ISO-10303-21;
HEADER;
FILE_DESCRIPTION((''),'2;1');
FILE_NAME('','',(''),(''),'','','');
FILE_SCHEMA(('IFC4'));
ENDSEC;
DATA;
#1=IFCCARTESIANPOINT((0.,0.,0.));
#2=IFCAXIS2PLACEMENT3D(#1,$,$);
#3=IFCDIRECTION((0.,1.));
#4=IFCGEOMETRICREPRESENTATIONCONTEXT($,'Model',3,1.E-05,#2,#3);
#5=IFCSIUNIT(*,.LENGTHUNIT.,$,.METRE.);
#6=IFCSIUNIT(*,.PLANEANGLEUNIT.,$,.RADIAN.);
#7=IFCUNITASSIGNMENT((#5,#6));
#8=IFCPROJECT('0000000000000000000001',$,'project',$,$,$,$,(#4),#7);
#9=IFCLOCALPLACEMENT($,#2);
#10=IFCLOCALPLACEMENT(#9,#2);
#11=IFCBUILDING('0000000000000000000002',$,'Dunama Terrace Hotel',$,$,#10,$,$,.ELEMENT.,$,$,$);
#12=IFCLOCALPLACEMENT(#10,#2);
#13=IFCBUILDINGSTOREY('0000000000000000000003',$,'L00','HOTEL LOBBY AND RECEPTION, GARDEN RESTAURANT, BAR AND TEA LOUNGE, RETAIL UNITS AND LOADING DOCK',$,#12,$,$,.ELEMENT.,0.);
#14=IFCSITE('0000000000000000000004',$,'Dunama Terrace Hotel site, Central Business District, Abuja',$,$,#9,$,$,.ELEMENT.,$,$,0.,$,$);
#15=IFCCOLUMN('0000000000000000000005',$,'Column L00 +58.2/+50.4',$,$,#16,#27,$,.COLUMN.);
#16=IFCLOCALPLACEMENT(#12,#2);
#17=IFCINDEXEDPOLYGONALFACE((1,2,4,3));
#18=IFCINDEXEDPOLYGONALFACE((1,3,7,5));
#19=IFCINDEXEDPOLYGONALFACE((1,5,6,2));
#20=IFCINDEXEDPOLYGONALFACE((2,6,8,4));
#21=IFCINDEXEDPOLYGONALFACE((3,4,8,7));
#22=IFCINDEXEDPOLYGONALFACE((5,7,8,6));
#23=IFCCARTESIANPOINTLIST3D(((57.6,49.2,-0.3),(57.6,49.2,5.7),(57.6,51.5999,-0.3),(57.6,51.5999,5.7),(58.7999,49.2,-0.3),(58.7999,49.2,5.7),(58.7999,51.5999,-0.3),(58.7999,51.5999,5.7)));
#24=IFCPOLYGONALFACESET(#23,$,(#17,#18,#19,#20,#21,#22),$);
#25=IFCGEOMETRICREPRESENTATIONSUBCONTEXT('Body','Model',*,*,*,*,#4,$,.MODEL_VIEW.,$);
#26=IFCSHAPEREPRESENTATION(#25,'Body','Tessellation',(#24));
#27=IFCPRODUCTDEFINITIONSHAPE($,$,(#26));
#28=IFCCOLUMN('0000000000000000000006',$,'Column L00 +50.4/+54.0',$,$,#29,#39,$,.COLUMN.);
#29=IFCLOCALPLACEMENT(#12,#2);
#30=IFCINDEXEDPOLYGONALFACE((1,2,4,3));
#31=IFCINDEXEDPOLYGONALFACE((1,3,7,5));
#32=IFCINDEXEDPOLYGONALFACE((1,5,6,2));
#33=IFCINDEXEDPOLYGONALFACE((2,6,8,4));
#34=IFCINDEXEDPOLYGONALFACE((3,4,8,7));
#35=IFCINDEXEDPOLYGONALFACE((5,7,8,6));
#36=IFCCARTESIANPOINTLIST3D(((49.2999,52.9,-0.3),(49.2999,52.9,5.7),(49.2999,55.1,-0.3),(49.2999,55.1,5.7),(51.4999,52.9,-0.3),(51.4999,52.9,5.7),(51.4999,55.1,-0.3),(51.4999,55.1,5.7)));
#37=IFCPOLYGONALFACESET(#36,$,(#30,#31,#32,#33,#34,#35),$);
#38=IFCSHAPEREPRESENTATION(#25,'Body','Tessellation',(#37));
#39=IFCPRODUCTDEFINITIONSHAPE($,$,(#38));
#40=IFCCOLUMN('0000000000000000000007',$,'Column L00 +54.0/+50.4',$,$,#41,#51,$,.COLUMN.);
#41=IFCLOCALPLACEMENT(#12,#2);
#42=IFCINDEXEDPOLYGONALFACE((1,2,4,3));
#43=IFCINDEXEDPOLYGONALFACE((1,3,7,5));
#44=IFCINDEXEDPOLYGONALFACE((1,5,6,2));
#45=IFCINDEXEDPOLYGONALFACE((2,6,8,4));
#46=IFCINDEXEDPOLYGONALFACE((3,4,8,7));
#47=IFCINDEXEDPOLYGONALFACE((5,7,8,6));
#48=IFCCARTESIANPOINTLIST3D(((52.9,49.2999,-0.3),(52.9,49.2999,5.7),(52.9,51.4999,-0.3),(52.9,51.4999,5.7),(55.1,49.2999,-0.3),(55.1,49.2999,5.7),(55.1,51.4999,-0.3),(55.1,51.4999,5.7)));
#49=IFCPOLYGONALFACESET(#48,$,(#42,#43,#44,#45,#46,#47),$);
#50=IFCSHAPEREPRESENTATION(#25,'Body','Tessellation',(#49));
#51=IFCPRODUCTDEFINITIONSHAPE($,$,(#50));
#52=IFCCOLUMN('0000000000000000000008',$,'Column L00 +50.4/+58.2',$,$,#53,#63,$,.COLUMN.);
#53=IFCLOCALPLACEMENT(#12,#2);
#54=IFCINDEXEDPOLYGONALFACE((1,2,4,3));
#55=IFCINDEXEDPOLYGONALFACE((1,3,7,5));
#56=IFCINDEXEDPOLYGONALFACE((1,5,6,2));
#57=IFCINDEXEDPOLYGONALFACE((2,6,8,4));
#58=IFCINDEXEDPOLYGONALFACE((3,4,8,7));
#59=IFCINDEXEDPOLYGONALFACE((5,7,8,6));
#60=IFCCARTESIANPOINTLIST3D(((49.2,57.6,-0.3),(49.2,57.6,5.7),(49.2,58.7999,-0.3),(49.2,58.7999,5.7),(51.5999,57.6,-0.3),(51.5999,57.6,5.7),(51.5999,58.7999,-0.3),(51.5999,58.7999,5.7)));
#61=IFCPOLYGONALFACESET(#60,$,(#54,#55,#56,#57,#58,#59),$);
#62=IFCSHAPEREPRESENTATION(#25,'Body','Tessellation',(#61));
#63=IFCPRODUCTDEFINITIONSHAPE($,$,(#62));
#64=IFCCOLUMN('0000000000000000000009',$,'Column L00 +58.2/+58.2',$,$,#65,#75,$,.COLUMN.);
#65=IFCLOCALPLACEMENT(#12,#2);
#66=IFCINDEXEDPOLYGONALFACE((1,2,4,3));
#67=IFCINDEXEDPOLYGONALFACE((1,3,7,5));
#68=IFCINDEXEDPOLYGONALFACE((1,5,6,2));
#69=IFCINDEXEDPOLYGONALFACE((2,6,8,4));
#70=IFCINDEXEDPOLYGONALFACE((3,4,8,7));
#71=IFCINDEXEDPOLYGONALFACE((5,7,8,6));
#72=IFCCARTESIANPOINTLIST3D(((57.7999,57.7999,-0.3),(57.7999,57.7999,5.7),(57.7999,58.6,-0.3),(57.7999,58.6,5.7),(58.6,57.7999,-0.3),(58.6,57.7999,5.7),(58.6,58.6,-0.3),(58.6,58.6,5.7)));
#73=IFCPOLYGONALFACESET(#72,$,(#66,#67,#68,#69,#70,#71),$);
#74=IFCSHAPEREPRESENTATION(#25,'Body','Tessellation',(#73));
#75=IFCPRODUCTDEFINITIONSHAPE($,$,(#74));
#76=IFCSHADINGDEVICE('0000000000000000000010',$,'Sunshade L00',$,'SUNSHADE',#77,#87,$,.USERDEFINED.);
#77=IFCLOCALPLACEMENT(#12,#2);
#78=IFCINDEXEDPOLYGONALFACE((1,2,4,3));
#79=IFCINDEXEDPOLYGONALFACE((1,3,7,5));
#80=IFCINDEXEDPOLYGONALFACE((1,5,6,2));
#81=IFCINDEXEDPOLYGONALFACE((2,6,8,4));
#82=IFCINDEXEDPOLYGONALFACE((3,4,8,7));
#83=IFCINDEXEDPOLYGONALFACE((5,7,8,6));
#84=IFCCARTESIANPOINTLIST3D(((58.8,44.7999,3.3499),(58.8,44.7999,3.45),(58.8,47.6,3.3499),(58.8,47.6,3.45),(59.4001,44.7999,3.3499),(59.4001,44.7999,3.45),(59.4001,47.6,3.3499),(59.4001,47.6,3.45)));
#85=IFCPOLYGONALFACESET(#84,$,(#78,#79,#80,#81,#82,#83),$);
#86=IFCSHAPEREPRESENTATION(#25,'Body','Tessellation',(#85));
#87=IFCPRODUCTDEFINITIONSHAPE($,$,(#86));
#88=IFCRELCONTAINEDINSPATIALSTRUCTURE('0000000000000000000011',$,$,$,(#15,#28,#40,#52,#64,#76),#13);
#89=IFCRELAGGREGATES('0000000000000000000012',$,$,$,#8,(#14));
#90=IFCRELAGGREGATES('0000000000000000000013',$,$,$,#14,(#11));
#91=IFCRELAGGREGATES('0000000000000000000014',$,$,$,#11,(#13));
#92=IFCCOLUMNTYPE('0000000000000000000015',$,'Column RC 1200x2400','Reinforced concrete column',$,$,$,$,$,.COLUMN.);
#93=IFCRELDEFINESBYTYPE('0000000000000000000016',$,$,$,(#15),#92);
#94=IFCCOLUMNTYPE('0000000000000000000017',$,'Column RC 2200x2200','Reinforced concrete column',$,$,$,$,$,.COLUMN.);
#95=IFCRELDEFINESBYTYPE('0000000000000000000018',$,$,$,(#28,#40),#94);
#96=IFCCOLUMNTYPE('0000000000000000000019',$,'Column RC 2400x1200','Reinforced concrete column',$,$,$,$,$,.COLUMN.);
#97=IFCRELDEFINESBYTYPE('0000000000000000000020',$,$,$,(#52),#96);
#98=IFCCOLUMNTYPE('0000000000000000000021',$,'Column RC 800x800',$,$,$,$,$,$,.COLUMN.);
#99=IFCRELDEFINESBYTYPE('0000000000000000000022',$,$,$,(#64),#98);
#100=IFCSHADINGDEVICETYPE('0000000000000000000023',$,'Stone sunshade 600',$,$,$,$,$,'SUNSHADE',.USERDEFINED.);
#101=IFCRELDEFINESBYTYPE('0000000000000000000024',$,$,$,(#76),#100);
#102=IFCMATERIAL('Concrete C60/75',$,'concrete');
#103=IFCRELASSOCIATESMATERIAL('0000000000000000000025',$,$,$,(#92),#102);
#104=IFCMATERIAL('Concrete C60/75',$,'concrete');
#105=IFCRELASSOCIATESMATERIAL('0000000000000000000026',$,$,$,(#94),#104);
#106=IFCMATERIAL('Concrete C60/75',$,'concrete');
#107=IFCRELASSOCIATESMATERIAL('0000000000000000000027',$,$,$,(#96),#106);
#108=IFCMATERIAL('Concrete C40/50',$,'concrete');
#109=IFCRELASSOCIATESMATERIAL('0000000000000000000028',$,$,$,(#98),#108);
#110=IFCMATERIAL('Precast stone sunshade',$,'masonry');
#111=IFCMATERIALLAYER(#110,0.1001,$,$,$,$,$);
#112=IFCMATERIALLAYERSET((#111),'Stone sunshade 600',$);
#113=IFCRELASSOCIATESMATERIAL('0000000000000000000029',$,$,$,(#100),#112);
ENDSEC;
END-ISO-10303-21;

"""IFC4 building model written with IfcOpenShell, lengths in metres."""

from ifc_helpers import new_model, si_unit, direction, frame, origin, origin_2d, place, context, subcontext, project, spatial, rectangle, extrude, material, layer, layer_set, material_profile, profile_set, type_object, element, save


model = new_model("IFC4")

# Units and contexts
model_context = context("Model", 3, precision=1e-05, world=origin(), true_north=direction((0.0, 1.0)))
body_context = subcontext(model_context, "Body", "Model", "MODEL_VIEW")
ifc_project = project(units=[si_unit("LENGTHUNIT", "METRE"), si_unit("PLANEANGLEUNIT", "RADIAN")], contexts=[model_context])

# Site, building, storey
site_placement = place(None, origin())
site = spatial("IfcSite", under=ifc_project, at=site_placement, Name="Dunama Terrace Hotel site, Central Business District, Abuja", CompositionType="ELEMENT", RefElevation=0.0)
building_placement = place(site_placement, origin())
building = spatial("IfcBuilding", under=site, at=building_placement, Name="Dunama Terrace Hotel", CompositionType="ELEMENT")
storey_placement = place(building_placement, origin())
storey = spatial("IfcBuildingStorey", under=building, at=storey_placement, Name="L00", Description="HOTEL LOBBY AND RECEPTION, GARDEN RESTAURANT, BAR AND TEA LOUNGE, RETAIL UNITS AND LOADING DOCK", CompositionType="ELEMENT", Elevation=0.0)

# Columns
ifc_material_1 = material(Name="Concrete C60/75", Category="concrete")
ifc_material_profile_1 = material_profile(ifc_material_1, rectangle(XDim=1.2, YDim=2.3999, at=origin_2d()), Name="RC 1200x2400")
ifc_profile_set_1 = profile_set([ifc_material_profile_1], Name="Concrete C60/75")
column_type_1 = type_object("IfcColumnType", Name="Column RC 1200x2400", Description="Reinforced concrete column", PredefinedType="COLUMN", material=ifc_profile_set_1)
column_1_placement = place(storey_placement, frame((58.2, 50.3999, -0.3), z_axis=(0.0, 0.0, 1.0), x_axis=(1.0, 0.0, 0.0)))
element("IfcColumn", 1, at=column_1_placement, inside=storey, type_object=column_type_1, Name="Column L00 +58.2/+50.4", PredefinedType="COLUMN", context=body_context, shape_type="SweptSolid", body=[
    extrude(rectangle(XDim=1.2, YDim=2.3999, at=origin_2d()), origin(), (0.0, 0.0, 1.0), 6.0),
])
ifc_material_2 = material(Name="Concrete C60/75", Category="concrete")
ifc_material_profile_2 = material_profile(ifc_material_2, rectangle(XDim=2.2, YDim=2.2, at=origin_2d()), Name="RC 2200x2200")
ifc_profile_set_2 = profile_set([ifc_material_profile_2], Name="Concrete C60/75")
column_type_2 = type_object("IfcColumnType", Name="Column RC 2200x2200", Description="Reinforced concrete column", PredefinedType="COLUMN", material=ifc_profile_set_2)
for number, where, z_axis, x_axis, name in (
    (2, (50.3999, 54.0, -0.3), (0.0, 0.0, 1.0), (1.0, 0.0, 0.0), "Column L00 +50.4/+54.0"),
    (3, (54.0, 50.3999, -0.3), (0.0, 0.0, 1.0), (1.0, 0.0, 0.0), "Column L00 +54.0/+50.4"),
):
    element("IfcColumn", number, at=place(storey_placement, frame(where, z_axis=z_axis, x_axis=x_axis)), inside=storey, type_object=column_type_2, Name=name, PredefinedType="COLUMN", context=body_context, shape_type="SweptSolid", body=[
        extrude(rectangle(XDim=2.2, YDim=2.2, at=origin_2d()), origin(), (0.0, 0.0, 1.0), 6.0),
    ])
ifc_material_3 = material(Name="Concrete C60/75", Category="concrete")
ifc_material_profile_3 = material_profile(ifc_material_3, rectangle(XDim=2.3999, YDim=1.2, at=origin_2d()), Name="RC 2400x1200")
ifc_profile_set_3 = profile_set([ifc_material_profile_3], Name="Concrete C60/75")
column_type_3 = type_object("IfcColumnType", Name="Column RC 2400x1200", Description="Reinforced concrete column", PredefinedType="COLUMN", material=ifc_profile_set_3)
column_2_placement = place(storey_placement, frame((50.3999, 58.2, -0.3), z_axis=(0.0, 0.0, 1.0), x_axis=(1.0, 0.0, 0.0)))
element("IfcColumn", 4, at=column_2_placement, inside=storey, type_object=column_type_3, Name="Column L00 +50.4/+58.2", PredefinedType="COLUMN", context=body_context, shape_type="SweptSolid", body=[
    extrude(rectangle(XDim=2.3999, YDim=1.2, at=origin_2d()), origin(), (0.0, 0.0, 1.0), 6.0),
])
ifc_material_4 = material(Name="Concrete C40/50", Category="concrete")
ifc_material_profile_4 = material_profile(ifc_material_4, rectangle(XDim=0.8, YDim=0.8, at=origin_2d()), Name="RC 800x800")
ifc_profile_set_4 = profile_set([ifc_material_profile_4], Name="Concrete C40/50")
column_type_4 = type_object("IfcColumnType", Name="Column RC 800x800", PredefinedType="COLUMN", material=ifc_profile_set_4)
column_3_placement = place(storey_placement, frame((58.2, 58.2, -0.3), z_axis=(0.0, 0.0, 1.0), x_axis=(1.0, 0.0, 0.0)))
element("IfcColumn", 5, at=column_3_placement, inside=storey, type_object=column_type_4, Name="Column L00 +58.2/+58.2", PredefinedType="COLUMN", context=body_context, shape_type="SweptSolid", body=[
    extrude(rectangle(XDim=0.8, YDim=0.8, at=origin_2d()), origin(), (0.0, 0.0, 1.0), 6.0),
])

# Shading device
ifc_material_5 = material(Name="Precast stone sunshade", Category="masonry")
ifc_layer_1 = layer(ifc_material_5, 0.1001)
ifc_layer_set_1 = layer_set([ifc_layer_1], Name="Stone sunshade 600")
shading_device_type = type_object("IfcShadingDeviceType", Name="Stone sunshade 600", ElementType="SUNSHADE", PredefinedType="USERDEFINED", material=ifc_layer_set_1)
shading_device_placement = place(storey_placement, frame((59.1001, 46.2, 3.3499), z_axis=(0.0, 0.0, 1.0), x_axis=(0.0, 1.0, 0.0)))
element("IfcShadingDevice", 6, at=shading_device_placement, inside=storey, type_object=shading_device_type, Name="Sunshade L00", ObjectType="SUNSHADE", PredefinedType="USERDEFINED", context=body_context, shape_type="SweptSolid", body=[
    extrude(rectangle(XDim=2.8, YDim=0.6001, at=origin_2d()), origin(), (0.0, 0.0, 1.0), 0.1001),
])

save(model, "model.ifc")
